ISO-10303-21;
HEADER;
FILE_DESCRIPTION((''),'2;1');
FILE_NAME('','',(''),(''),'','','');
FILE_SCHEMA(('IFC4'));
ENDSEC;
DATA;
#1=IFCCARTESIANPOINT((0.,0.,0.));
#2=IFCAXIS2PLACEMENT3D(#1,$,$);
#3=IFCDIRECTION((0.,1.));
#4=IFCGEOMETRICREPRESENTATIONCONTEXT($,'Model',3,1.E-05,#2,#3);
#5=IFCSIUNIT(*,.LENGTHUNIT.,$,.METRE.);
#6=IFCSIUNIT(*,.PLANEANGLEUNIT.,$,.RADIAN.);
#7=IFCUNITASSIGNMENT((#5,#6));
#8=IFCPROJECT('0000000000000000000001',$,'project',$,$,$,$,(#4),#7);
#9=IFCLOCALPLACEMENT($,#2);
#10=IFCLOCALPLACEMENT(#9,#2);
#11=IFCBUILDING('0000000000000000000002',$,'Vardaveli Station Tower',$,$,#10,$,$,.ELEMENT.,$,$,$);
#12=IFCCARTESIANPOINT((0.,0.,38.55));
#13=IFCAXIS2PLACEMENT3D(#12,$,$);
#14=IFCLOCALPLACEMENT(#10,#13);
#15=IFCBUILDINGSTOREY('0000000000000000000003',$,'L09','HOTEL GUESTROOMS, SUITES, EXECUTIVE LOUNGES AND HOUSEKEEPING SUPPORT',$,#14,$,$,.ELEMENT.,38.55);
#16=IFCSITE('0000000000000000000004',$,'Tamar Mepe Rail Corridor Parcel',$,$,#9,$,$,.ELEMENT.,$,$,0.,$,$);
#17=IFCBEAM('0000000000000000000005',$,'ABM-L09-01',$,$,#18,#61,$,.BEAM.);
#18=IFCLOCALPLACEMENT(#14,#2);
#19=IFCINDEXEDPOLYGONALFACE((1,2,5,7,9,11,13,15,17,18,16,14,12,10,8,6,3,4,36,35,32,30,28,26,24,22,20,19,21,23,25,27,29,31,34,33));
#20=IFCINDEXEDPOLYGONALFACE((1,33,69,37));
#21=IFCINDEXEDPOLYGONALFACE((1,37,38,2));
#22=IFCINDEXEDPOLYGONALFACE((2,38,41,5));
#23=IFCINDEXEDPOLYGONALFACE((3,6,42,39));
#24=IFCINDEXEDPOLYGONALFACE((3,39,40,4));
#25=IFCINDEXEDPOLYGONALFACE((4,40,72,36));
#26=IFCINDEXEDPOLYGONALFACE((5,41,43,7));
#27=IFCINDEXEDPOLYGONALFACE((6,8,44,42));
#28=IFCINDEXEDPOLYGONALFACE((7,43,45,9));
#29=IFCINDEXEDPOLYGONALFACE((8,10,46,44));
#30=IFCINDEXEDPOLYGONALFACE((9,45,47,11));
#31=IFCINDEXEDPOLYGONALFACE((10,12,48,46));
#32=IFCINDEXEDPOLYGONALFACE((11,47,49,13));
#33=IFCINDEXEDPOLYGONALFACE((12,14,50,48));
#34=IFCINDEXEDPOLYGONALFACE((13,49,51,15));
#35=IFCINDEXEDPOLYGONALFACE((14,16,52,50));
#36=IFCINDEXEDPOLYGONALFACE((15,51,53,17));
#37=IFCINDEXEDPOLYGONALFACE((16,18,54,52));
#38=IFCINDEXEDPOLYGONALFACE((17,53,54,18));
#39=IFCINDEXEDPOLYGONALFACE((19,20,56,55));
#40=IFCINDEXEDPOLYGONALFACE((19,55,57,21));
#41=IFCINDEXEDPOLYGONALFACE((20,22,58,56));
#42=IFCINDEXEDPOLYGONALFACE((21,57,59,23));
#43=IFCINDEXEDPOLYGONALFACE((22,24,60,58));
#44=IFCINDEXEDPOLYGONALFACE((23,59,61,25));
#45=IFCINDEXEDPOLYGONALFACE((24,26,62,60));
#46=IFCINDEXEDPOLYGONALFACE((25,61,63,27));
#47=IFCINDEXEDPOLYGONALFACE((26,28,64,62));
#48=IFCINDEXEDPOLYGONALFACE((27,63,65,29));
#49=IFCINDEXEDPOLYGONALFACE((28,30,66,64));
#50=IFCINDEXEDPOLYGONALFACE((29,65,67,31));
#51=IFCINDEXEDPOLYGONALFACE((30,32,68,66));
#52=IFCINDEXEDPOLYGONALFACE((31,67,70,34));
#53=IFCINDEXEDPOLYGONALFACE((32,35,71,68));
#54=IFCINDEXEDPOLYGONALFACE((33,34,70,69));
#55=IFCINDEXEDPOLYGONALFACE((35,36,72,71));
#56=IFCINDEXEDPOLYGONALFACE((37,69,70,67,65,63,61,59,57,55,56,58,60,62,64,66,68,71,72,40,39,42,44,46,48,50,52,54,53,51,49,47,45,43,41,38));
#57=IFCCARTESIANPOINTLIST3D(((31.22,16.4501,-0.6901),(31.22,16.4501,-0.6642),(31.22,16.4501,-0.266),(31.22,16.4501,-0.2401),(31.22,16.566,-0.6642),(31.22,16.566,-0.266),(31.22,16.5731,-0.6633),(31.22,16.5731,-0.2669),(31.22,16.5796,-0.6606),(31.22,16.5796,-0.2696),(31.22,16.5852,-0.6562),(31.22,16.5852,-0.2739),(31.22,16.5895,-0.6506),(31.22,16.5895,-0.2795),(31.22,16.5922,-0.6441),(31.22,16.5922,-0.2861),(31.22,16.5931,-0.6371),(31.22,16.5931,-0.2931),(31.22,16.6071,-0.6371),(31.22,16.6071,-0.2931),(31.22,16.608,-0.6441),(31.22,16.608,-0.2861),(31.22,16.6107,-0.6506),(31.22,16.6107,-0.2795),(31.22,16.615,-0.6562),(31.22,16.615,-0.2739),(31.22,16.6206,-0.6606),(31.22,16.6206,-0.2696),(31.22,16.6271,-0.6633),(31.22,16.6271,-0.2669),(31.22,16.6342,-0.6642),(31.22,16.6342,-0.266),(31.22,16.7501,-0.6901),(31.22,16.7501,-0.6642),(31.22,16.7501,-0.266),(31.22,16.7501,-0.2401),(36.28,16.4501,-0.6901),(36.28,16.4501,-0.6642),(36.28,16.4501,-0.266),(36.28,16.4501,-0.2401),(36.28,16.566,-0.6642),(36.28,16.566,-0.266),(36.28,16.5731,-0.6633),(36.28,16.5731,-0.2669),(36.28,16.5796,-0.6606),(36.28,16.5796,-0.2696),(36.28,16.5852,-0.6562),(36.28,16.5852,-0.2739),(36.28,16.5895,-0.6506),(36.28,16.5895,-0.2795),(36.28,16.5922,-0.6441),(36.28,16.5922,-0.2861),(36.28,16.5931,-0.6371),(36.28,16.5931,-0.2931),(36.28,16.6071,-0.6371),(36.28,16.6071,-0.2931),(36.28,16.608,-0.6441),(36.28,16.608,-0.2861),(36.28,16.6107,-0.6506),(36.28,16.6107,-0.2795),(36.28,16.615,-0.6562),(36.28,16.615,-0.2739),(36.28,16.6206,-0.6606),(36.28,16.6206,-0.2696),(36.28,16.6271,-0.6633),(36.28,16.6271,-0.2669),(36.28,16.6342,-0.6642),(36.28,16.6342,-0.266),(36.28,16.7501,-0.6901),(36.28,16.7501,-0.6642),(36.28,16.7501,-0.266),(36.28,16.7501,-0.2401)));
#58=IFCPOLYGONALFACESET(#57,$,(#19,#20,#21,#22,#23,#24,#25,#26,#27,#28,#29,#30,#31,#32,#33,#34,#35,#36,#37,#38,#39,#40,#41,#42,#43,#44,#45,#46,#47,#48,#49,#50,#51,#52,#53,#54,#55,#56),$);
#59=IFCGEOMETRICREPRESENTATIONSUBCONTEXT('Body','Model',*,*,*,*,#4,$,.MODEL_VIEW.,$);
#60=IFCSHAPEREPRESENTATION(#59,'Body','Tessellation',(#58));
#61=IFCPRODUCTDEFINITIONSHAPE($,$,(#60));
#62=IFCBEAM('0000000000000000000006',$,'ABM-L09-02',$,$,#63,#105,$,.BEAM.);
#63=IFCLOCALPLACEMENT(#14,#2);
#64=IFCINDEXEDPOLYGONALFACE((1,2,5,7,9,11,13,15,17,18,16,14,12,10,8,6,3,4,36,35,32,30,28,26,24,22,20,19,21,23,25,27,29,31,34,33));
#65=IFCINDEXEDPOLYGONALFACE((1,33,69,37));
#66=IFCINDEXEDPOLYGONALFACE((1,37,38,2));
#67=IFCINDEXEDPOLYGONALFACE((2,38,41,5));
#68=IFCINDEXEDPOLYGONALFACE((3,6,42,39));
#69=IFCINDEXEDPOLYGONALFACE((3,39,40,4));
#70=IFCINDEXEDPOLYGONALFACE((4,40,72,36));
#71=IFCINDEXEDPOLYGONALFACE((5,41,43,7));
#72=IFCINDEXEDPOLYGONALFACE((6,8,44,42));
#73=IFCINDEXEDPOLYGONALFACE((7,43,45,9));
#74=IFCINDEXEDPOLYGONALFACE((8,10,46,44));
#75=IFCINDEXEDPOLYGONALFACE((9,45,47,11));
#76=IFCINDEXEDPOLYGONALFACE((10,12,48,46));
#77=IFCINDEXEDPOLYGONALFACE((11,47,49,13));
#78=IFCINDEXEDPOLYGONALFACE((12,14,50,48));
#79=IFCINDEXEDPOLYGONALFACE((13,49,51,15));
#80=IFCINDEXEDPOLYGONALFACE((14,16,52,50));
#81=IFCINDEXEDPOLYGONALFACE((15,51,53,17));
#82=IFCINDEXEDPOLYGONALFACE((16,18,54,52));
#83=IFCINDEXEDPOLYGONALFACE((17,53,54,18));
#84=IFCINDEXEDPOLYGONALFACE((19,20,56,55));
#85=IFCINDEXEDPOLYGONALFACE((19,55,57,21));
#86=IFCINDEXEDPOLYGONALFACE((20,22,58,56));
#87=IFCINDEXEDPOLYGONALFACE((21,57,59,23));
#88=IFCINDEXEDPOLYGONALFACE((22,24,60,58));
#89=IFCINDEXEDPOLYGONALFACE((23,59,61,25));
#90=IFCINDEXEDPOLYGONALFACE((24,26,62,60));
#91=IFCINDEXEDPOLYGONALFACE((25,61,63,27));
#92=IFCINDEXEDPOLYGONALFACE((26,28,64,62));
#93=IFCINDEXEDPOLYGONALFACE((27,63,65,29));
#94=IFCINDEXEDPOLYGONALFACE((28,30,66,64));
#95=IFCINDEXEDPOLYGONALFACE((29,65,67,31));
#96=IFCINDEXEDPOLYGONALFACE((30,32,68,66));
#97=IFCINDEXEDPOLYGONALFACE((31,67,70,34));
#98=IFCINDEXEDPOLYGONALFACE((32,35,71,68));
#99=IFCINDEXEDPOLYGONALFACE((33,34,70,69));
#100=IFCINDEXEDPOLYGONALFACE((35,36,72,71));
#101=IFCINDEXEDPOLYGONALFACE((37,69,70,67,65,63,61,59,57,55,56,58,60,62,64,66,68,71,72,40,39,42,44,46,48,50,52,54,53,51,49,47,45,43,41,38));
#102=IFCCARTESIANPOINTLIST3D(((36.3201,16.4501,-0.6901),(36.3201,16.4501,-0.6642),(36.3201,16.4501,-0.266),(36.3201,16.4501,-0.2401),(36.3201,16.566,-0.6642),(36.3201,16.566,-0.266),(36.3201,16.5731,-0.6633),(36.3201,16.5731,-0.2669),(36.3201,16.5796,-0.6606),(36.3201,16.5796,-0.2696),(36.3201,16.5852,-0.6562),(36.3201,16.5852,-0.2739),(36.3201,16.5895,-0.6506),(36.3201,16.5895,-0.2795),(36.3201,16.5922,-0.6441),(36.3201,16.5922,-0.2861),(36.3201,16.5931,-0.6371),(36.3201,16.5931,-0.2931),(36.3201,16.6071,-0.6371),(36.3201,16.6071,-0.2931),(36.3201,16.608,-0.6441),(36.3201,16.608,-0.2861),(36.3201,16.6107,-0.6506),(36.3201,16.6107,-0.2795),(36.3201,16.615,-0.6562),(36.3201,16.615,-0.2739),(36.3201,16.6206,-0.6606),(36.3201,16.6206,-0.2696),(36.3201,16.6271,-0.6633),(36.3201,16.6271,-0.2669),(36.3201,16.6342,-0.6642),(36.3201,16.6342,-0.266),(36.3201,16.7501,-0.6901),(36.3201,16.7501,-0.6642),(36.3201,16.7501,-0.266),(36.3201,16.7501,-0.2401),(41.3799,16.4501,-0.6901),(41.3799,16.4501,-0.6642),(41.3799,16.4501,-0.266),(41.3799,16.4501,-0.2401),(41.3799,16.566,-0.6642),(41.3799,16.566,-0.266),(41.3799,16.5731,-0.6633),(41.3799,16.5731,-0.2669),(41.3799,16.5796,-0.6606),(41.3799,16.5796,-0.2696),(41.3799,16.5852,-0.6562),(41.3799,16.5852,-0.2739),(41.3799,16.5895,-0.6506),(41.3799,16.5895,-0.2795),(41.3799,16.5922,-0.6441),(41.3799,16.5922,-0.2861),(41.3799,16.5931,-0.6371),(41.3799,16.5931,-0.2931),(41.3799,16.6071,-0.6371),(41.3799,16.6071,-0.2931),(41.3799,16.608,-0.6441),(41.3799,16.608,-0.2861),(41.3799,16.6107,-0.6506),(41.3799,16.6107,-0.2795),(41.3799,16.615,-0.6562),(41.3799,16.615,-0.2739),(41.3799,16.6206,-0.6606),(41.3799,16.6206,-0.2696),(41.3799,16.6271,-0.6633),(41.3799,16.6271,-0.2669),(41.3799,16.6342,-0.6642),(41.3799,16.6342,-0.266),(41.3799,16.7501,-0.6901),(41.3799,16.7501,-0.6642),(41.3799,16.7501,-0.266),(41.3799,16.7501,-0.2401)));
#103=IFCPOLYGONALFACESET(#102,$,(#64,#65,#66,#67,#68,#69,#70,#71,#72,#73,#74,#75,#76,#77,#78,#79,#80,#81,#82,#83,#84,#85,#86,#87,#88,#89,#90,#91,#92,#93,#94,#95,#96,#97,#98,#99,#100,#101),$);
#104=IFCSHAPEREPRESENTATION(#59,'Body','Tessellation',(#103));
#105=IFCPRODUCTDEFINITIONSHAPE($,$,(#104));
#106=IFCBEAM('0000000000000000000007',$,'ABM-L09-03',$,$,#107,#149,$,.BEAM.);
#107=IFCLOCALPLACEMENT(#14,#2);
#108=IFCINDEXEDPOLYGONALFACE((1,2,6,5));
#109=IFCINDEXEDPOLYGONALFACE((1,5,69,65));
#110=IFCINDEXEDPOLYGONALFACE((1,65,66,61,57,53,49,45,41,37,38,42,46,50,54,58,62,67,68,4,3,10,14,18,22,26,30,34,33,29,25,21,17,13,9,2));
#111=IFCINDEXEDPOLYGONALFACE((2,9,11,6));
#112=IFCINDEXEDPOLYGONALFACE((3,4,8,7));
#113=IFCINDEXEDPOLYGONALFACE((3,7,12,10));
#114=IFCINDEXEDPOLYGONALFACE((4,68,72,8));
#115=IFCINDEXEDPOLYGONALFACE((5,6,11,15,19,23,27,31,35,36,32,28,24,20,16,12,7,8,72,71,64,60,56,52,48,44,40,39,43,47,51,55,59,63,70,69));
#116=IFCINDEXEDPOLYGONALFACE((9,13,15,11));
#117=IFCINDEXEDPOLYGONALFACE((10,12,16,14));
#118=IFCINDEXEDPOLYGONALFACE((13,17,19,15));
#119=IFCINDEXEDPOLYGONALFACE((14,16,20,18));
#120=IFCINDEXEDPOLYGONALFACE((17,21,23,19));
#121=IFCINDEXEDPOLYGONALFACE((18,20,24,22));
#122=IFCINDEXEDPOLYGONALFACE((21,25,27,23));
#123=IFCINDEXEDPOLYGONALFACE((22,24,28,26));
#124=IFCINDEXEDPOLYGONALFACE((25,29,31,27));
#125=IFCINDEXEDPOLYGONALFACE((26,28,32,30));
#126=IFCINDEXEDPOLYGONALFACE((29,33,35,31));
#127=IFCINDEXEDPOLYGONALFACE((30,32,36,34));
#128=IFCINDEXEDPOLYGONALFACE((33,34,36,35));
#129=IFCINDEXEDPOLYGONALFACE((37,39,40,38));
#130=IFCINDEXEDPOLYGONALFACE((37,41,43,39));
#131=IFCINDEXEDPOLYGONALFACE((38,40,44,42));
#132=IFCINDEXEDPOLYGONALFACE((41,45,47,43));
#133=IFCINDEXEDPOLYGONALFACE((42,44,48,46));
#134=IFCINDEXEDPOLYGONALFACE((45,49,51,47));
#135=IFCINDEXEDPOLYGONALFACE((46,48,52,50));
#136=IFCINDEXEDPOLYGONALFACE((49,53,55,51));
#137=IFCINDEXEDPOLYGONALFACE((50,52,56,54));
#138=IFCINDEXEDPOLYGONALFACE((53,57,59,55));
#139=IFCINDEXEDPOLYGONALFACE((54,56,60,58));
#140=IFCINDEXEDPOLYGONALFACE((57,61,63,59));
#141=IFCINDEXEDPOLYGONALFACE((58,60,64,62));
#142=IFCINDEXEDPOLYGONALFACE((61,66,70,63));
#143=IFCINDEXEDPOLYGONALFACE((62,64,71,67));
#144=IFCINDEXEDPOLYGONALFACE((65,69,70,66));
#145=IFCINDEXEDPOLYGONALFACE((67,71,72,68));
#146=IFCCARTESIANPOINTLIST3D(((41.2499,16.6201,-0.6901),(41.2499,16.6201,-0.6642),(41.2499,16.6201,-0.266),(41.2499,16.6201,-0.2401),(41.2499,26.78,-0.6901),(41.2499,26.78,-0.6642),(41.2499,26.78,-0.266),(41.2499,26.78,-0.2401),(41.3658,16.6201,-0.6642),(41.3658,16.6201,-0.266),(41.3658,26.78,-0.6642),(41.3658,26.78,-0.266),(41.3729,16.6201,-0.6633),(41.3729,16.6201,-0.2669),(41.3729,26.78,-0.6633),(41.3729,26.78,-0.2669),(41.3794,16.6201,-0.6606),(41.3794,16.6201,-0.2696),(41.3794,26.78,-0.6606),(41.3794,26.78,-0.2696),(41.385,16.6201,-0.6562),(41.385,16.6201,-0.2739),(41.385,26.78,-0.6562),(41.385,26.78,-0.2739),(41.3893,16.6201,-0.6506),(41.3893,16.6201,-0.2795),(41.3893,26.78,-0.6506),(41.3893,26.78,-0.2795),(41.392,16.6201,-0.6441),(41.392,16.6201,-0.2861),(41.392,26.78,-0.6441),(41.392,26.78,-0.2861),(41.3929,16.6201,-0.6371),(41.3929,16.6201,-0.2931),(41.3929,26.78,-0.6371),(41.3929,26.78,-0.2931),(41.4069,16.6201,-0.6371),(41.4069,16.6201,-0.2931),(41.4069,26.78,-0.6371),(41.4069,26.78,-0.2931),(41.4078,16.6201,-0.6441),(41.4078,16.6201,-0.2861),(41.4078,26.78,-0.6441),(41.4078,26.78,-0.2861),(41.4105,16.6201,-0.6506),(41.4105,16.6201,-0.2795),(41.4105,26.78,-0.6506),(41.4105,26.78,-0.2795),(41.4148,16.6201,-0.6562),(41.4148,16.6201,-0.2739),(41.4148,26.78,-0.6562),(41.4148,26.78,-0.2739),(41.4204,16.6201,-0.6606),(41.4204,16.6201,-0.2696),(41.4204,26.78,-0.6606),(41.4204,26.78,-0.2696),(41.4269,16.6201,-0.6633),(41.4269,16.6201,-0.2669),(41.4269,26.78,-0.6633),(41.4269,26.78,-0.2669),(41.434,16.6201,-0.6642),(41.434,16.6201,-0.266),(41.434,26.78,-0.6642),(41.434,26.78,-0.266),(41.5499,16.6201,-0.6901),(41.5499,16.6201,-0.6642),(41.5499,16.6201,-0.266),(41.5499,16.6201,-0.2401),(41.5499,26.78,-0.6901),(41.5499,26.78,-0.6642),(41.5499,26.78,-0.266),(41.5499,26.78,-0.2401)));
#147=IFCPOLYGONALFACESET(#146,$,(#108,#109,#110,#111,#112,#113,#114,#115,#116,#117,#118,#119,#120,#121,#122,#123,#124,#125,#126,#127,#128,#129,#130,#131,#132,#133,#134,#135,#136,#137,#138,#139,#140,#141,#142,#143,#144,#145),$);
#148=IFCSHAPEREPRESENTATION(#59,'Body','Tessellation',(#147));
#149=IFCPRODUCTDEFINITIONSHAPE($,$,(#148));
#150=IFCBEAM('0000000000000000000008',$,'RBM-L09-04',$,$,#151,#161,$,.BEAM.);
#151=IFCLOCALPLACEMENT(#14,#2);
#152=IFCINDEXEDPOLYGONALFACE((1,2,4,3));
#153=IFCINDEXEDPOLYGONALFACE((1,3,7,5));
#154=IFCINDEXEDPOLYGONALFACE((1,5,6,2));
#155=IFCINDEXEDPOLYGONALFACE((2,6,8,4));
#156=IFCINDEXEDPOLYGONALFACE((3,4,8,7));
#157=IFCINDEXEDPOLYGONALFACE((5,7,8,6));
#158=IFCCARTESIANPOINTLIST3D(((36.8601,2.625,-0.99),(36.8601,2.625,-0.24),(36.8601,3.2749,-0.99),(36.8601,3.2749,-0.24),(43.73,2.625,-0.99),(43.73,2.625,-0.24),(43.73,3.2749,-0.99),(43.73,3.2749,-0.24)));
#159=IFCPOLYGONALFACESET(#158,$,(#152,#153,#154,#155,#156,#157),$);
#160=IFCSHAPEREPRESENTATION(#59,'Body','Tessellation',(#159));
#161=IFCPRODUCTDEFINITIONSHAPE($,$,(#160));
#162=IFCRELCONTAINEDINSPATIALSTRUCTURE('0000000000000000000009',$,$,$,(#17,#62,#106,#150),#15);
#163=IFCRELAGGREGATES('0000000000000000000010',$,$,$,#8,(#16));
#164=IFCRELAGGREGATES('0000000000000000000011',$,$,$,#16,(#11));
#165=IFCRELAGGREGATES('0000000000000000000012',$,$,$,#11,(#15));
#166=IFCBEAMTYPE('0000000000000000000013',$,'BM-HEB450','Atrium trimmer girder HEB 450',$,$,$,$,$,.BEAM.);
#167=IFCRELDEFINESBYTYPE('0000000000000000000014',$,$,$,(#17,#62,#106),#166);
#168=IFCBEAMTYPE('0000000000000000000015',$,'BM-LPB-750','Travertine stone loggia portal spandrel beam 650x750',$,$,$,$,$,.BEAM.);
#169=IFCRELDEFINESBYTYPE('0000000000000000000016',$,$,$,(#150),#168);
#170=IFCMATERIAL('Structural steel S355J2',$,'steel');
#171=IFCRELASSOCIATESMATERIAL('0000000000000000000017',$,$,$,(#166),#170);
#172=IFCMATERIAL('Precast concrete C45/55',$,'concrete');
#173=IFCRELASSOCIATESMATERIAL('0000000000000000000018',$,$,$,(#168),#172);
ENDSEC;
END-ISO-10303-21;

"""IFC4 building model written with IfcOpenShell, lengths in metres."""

from ifc_helpers import new_model, si_unit, direction, frame, origin, origin_2d, place, context, subcontext, project, spatial, rectangle, i_section, extrude, source, transform, mapped, material, material_profile, profile_set, type_object, element, save


model = new_model("IFC4")

# Units and contexts
model_context = context("Model", 3, precision=1e-05, world=origin(), true_north=direction((0.0, 1.0)))
body_context = subcontext(model_context, "Body", "Model", "MODEL_VIEW")
ifc_project = project(units=[si_unit("LENGTHUNIT", "METRE"), si_unit("PLANEANGLEUNIT", "RADIAN")], contexts=[model_context])

# Site, building, storey
site_placement = place(None, origin())
site = spatial("IfcSite", under=ifc_project, at=site_placement, Name="Tamar Mepe Rail Corridor Parcel", CompositionType="ELEMENT", RefElevation=0.0)
building_placement = place(site_placement, origin())
building = spatial("IfcBuilding", under=site, at=building_placement, Name="Vardaveli Station Tower", CompositionType="ELEMENT")
storey_placement = place(building_placement, frame((0.0, 0.0, 38.55)))
storey = spatial("IfcBuildingStorey", under=building, at=storey_placement, Name="L09", Description="HOTEL GUESTROOMS, SUITES, EXECUTIVE LOUNGES AND HOUSEKEEPING SUPPORT", CompositionType="ELEMENT", Elevation=38.55)

# Beams
ifc_material_1 = material(Name="Structural steel S355J2", Category="steel")
ifc_material_profile_1 = material_profile(ifc_material_1, i_section(OverallWidth=0.3, OverallDepth=0.45, WebThickness=0.0139, FlangeThickness=0.0259, FilletRadius=0.0271, at=origin_2d()), Name="HEB 450")
ifc_profile_set_1 = profile_set([ifc_material_profile_1], Name="Structural steel S355J2")
beam_type_1 = type_object("IfcBeamType", Name="BM-HEB450", Description="Atrium trimmer girder HEB 450", PredefinedType="BEAM", material=ifc_profile_set_1)
shared_shape_1 = source(origin(), body_context, "Body", "SweptSolid", [
    extrude(i_section(OverallWidth=0.3, OverallDepth=0.45, WebThickness=0.0139, FlangeThickness=0.0259, FilletRadius=0.0271, at=origin_2d()), origin(), (0.0, 0.0, 1.0), 5.0601),
])
beam_1_placement = place(storey_placement, frame((31.22, 16.6001, -0.4651), z_axis=(1.0, 0.0, 0.0), x_axis=(0.0, 1.0, 0.0)))
element("IfcBeam", 1, at=beam_1_placement, inside=storey, type_object=beam_type_1, Name="ABM-L09-01", PredefinedType="BEAM", context=body_context, shape_type="MappedRepresentation", body=[
    mapped(shared_shape_1, transform((0.0, 0.0, 0.0), scale=1.0)),
])
shared_shape_2 = source(origin(), body_context, "Body", "SweptSolid", [
    extrude(i_section(OverallWidth=0.3, OverallDepth=0.45, WebThickness=0.0139, FlangeThickness=0.0259, FilletRadius=0.0271, at=origin_2d()), origin(), (0.0, 0.0, 1.0), 5.0598),
])
beam_2_placement = place(storey_placement, frame((36.3201, 16.6001, -0.4651), z_axis=(1.0, 0.0, 0.0), x_axis=(0.0, 1.0, 0.0)))
element("IfcBeam", 2, at=beam_2_placement, inside=storey, type_object=beam_type_1, Name="ABM-L09-02", PredefinedType="BEAM", context=body_context, shape_type="MappedRepresentation", body=[
    mapped(shared_shape_2, transform((0.0, 0.0, 0.0), scale=1.0)),
])
shared_shape_3 = source(origin(), body_context, "Body", "SweptSolid", [
    extrude(i_section(OverallWidth=0.3, OverallDepth=0.45, WebThickness=0.0139, FlangeThickness=0.0259, FilletRadius=0.0271, at=origin_2d()), origin(), (0.0, 0.0, 1.0), 10.1599),
])
beam_3_placement = place(storey_placement, frame((41.3999, 16.6201, -0.4651), z_axis=(0.0, 1.0, 0.0), x_axis=(-1.0, 0.0, 0.0)))
element("IfcBeam", 3, at=beam_3_placement, inside=storey, type_object=beam_type_1, Name="ABM-L09-03", PredefinedType="BEAM", context=body_context, shape_type="MappedRepresentation", body=[
    mapped(shared_shape_3, transform((0.0, 0.0, 0.0), scale=1.0)),
])
ifc_material_2 = material(Name="Precast concrete C45/55", Category="concrete")
ifc_material_profile_2 = material_profile(ifc_material_2, rectangle(XDim=0.6499, YDim=0.75, at=origin_2d()), Name="LPB 650x750")
ifc_profile_set_2 = profile_set([ifc_material_profile_2], Name="Precast concrete C45/55")
beam_type_2 = type_object("IfcBeamType", Name="BM-LPB-750", Description="Travertine stone loggia portal spandrel beam 650x750", PredefinedType="BEAM", material=ifc_profile_set_2)
shared_shape_4 = source(origin(), body_context, "Body", "SweptSolid", [
    extrude(rectangle(XDim=0.6499, YDim=0.75, at=origin_2d()), origin(), (0.0, 0.0, 1.0), 6.8699),
])
beam_4_placement = place(storey_placement, frame((36.8601, 2.95, -0.615), z_axis=(1.0, 0.0, 0.0), x_axis=(0.0, 1.0, 0.0)))
element("IfcBeam", 4, at=beam_4_placement, inside=storey, type_object=beam_type_2, Name="RBM-L09-04", PredefinedType="BEAM", context=body_context, shape_type="MappedRepresentation", body=[
    mapped(shared_shape_4, transform((0.0, 0.0, 0.0), scale=1.0)),
])

save(model, "model.ifc")
